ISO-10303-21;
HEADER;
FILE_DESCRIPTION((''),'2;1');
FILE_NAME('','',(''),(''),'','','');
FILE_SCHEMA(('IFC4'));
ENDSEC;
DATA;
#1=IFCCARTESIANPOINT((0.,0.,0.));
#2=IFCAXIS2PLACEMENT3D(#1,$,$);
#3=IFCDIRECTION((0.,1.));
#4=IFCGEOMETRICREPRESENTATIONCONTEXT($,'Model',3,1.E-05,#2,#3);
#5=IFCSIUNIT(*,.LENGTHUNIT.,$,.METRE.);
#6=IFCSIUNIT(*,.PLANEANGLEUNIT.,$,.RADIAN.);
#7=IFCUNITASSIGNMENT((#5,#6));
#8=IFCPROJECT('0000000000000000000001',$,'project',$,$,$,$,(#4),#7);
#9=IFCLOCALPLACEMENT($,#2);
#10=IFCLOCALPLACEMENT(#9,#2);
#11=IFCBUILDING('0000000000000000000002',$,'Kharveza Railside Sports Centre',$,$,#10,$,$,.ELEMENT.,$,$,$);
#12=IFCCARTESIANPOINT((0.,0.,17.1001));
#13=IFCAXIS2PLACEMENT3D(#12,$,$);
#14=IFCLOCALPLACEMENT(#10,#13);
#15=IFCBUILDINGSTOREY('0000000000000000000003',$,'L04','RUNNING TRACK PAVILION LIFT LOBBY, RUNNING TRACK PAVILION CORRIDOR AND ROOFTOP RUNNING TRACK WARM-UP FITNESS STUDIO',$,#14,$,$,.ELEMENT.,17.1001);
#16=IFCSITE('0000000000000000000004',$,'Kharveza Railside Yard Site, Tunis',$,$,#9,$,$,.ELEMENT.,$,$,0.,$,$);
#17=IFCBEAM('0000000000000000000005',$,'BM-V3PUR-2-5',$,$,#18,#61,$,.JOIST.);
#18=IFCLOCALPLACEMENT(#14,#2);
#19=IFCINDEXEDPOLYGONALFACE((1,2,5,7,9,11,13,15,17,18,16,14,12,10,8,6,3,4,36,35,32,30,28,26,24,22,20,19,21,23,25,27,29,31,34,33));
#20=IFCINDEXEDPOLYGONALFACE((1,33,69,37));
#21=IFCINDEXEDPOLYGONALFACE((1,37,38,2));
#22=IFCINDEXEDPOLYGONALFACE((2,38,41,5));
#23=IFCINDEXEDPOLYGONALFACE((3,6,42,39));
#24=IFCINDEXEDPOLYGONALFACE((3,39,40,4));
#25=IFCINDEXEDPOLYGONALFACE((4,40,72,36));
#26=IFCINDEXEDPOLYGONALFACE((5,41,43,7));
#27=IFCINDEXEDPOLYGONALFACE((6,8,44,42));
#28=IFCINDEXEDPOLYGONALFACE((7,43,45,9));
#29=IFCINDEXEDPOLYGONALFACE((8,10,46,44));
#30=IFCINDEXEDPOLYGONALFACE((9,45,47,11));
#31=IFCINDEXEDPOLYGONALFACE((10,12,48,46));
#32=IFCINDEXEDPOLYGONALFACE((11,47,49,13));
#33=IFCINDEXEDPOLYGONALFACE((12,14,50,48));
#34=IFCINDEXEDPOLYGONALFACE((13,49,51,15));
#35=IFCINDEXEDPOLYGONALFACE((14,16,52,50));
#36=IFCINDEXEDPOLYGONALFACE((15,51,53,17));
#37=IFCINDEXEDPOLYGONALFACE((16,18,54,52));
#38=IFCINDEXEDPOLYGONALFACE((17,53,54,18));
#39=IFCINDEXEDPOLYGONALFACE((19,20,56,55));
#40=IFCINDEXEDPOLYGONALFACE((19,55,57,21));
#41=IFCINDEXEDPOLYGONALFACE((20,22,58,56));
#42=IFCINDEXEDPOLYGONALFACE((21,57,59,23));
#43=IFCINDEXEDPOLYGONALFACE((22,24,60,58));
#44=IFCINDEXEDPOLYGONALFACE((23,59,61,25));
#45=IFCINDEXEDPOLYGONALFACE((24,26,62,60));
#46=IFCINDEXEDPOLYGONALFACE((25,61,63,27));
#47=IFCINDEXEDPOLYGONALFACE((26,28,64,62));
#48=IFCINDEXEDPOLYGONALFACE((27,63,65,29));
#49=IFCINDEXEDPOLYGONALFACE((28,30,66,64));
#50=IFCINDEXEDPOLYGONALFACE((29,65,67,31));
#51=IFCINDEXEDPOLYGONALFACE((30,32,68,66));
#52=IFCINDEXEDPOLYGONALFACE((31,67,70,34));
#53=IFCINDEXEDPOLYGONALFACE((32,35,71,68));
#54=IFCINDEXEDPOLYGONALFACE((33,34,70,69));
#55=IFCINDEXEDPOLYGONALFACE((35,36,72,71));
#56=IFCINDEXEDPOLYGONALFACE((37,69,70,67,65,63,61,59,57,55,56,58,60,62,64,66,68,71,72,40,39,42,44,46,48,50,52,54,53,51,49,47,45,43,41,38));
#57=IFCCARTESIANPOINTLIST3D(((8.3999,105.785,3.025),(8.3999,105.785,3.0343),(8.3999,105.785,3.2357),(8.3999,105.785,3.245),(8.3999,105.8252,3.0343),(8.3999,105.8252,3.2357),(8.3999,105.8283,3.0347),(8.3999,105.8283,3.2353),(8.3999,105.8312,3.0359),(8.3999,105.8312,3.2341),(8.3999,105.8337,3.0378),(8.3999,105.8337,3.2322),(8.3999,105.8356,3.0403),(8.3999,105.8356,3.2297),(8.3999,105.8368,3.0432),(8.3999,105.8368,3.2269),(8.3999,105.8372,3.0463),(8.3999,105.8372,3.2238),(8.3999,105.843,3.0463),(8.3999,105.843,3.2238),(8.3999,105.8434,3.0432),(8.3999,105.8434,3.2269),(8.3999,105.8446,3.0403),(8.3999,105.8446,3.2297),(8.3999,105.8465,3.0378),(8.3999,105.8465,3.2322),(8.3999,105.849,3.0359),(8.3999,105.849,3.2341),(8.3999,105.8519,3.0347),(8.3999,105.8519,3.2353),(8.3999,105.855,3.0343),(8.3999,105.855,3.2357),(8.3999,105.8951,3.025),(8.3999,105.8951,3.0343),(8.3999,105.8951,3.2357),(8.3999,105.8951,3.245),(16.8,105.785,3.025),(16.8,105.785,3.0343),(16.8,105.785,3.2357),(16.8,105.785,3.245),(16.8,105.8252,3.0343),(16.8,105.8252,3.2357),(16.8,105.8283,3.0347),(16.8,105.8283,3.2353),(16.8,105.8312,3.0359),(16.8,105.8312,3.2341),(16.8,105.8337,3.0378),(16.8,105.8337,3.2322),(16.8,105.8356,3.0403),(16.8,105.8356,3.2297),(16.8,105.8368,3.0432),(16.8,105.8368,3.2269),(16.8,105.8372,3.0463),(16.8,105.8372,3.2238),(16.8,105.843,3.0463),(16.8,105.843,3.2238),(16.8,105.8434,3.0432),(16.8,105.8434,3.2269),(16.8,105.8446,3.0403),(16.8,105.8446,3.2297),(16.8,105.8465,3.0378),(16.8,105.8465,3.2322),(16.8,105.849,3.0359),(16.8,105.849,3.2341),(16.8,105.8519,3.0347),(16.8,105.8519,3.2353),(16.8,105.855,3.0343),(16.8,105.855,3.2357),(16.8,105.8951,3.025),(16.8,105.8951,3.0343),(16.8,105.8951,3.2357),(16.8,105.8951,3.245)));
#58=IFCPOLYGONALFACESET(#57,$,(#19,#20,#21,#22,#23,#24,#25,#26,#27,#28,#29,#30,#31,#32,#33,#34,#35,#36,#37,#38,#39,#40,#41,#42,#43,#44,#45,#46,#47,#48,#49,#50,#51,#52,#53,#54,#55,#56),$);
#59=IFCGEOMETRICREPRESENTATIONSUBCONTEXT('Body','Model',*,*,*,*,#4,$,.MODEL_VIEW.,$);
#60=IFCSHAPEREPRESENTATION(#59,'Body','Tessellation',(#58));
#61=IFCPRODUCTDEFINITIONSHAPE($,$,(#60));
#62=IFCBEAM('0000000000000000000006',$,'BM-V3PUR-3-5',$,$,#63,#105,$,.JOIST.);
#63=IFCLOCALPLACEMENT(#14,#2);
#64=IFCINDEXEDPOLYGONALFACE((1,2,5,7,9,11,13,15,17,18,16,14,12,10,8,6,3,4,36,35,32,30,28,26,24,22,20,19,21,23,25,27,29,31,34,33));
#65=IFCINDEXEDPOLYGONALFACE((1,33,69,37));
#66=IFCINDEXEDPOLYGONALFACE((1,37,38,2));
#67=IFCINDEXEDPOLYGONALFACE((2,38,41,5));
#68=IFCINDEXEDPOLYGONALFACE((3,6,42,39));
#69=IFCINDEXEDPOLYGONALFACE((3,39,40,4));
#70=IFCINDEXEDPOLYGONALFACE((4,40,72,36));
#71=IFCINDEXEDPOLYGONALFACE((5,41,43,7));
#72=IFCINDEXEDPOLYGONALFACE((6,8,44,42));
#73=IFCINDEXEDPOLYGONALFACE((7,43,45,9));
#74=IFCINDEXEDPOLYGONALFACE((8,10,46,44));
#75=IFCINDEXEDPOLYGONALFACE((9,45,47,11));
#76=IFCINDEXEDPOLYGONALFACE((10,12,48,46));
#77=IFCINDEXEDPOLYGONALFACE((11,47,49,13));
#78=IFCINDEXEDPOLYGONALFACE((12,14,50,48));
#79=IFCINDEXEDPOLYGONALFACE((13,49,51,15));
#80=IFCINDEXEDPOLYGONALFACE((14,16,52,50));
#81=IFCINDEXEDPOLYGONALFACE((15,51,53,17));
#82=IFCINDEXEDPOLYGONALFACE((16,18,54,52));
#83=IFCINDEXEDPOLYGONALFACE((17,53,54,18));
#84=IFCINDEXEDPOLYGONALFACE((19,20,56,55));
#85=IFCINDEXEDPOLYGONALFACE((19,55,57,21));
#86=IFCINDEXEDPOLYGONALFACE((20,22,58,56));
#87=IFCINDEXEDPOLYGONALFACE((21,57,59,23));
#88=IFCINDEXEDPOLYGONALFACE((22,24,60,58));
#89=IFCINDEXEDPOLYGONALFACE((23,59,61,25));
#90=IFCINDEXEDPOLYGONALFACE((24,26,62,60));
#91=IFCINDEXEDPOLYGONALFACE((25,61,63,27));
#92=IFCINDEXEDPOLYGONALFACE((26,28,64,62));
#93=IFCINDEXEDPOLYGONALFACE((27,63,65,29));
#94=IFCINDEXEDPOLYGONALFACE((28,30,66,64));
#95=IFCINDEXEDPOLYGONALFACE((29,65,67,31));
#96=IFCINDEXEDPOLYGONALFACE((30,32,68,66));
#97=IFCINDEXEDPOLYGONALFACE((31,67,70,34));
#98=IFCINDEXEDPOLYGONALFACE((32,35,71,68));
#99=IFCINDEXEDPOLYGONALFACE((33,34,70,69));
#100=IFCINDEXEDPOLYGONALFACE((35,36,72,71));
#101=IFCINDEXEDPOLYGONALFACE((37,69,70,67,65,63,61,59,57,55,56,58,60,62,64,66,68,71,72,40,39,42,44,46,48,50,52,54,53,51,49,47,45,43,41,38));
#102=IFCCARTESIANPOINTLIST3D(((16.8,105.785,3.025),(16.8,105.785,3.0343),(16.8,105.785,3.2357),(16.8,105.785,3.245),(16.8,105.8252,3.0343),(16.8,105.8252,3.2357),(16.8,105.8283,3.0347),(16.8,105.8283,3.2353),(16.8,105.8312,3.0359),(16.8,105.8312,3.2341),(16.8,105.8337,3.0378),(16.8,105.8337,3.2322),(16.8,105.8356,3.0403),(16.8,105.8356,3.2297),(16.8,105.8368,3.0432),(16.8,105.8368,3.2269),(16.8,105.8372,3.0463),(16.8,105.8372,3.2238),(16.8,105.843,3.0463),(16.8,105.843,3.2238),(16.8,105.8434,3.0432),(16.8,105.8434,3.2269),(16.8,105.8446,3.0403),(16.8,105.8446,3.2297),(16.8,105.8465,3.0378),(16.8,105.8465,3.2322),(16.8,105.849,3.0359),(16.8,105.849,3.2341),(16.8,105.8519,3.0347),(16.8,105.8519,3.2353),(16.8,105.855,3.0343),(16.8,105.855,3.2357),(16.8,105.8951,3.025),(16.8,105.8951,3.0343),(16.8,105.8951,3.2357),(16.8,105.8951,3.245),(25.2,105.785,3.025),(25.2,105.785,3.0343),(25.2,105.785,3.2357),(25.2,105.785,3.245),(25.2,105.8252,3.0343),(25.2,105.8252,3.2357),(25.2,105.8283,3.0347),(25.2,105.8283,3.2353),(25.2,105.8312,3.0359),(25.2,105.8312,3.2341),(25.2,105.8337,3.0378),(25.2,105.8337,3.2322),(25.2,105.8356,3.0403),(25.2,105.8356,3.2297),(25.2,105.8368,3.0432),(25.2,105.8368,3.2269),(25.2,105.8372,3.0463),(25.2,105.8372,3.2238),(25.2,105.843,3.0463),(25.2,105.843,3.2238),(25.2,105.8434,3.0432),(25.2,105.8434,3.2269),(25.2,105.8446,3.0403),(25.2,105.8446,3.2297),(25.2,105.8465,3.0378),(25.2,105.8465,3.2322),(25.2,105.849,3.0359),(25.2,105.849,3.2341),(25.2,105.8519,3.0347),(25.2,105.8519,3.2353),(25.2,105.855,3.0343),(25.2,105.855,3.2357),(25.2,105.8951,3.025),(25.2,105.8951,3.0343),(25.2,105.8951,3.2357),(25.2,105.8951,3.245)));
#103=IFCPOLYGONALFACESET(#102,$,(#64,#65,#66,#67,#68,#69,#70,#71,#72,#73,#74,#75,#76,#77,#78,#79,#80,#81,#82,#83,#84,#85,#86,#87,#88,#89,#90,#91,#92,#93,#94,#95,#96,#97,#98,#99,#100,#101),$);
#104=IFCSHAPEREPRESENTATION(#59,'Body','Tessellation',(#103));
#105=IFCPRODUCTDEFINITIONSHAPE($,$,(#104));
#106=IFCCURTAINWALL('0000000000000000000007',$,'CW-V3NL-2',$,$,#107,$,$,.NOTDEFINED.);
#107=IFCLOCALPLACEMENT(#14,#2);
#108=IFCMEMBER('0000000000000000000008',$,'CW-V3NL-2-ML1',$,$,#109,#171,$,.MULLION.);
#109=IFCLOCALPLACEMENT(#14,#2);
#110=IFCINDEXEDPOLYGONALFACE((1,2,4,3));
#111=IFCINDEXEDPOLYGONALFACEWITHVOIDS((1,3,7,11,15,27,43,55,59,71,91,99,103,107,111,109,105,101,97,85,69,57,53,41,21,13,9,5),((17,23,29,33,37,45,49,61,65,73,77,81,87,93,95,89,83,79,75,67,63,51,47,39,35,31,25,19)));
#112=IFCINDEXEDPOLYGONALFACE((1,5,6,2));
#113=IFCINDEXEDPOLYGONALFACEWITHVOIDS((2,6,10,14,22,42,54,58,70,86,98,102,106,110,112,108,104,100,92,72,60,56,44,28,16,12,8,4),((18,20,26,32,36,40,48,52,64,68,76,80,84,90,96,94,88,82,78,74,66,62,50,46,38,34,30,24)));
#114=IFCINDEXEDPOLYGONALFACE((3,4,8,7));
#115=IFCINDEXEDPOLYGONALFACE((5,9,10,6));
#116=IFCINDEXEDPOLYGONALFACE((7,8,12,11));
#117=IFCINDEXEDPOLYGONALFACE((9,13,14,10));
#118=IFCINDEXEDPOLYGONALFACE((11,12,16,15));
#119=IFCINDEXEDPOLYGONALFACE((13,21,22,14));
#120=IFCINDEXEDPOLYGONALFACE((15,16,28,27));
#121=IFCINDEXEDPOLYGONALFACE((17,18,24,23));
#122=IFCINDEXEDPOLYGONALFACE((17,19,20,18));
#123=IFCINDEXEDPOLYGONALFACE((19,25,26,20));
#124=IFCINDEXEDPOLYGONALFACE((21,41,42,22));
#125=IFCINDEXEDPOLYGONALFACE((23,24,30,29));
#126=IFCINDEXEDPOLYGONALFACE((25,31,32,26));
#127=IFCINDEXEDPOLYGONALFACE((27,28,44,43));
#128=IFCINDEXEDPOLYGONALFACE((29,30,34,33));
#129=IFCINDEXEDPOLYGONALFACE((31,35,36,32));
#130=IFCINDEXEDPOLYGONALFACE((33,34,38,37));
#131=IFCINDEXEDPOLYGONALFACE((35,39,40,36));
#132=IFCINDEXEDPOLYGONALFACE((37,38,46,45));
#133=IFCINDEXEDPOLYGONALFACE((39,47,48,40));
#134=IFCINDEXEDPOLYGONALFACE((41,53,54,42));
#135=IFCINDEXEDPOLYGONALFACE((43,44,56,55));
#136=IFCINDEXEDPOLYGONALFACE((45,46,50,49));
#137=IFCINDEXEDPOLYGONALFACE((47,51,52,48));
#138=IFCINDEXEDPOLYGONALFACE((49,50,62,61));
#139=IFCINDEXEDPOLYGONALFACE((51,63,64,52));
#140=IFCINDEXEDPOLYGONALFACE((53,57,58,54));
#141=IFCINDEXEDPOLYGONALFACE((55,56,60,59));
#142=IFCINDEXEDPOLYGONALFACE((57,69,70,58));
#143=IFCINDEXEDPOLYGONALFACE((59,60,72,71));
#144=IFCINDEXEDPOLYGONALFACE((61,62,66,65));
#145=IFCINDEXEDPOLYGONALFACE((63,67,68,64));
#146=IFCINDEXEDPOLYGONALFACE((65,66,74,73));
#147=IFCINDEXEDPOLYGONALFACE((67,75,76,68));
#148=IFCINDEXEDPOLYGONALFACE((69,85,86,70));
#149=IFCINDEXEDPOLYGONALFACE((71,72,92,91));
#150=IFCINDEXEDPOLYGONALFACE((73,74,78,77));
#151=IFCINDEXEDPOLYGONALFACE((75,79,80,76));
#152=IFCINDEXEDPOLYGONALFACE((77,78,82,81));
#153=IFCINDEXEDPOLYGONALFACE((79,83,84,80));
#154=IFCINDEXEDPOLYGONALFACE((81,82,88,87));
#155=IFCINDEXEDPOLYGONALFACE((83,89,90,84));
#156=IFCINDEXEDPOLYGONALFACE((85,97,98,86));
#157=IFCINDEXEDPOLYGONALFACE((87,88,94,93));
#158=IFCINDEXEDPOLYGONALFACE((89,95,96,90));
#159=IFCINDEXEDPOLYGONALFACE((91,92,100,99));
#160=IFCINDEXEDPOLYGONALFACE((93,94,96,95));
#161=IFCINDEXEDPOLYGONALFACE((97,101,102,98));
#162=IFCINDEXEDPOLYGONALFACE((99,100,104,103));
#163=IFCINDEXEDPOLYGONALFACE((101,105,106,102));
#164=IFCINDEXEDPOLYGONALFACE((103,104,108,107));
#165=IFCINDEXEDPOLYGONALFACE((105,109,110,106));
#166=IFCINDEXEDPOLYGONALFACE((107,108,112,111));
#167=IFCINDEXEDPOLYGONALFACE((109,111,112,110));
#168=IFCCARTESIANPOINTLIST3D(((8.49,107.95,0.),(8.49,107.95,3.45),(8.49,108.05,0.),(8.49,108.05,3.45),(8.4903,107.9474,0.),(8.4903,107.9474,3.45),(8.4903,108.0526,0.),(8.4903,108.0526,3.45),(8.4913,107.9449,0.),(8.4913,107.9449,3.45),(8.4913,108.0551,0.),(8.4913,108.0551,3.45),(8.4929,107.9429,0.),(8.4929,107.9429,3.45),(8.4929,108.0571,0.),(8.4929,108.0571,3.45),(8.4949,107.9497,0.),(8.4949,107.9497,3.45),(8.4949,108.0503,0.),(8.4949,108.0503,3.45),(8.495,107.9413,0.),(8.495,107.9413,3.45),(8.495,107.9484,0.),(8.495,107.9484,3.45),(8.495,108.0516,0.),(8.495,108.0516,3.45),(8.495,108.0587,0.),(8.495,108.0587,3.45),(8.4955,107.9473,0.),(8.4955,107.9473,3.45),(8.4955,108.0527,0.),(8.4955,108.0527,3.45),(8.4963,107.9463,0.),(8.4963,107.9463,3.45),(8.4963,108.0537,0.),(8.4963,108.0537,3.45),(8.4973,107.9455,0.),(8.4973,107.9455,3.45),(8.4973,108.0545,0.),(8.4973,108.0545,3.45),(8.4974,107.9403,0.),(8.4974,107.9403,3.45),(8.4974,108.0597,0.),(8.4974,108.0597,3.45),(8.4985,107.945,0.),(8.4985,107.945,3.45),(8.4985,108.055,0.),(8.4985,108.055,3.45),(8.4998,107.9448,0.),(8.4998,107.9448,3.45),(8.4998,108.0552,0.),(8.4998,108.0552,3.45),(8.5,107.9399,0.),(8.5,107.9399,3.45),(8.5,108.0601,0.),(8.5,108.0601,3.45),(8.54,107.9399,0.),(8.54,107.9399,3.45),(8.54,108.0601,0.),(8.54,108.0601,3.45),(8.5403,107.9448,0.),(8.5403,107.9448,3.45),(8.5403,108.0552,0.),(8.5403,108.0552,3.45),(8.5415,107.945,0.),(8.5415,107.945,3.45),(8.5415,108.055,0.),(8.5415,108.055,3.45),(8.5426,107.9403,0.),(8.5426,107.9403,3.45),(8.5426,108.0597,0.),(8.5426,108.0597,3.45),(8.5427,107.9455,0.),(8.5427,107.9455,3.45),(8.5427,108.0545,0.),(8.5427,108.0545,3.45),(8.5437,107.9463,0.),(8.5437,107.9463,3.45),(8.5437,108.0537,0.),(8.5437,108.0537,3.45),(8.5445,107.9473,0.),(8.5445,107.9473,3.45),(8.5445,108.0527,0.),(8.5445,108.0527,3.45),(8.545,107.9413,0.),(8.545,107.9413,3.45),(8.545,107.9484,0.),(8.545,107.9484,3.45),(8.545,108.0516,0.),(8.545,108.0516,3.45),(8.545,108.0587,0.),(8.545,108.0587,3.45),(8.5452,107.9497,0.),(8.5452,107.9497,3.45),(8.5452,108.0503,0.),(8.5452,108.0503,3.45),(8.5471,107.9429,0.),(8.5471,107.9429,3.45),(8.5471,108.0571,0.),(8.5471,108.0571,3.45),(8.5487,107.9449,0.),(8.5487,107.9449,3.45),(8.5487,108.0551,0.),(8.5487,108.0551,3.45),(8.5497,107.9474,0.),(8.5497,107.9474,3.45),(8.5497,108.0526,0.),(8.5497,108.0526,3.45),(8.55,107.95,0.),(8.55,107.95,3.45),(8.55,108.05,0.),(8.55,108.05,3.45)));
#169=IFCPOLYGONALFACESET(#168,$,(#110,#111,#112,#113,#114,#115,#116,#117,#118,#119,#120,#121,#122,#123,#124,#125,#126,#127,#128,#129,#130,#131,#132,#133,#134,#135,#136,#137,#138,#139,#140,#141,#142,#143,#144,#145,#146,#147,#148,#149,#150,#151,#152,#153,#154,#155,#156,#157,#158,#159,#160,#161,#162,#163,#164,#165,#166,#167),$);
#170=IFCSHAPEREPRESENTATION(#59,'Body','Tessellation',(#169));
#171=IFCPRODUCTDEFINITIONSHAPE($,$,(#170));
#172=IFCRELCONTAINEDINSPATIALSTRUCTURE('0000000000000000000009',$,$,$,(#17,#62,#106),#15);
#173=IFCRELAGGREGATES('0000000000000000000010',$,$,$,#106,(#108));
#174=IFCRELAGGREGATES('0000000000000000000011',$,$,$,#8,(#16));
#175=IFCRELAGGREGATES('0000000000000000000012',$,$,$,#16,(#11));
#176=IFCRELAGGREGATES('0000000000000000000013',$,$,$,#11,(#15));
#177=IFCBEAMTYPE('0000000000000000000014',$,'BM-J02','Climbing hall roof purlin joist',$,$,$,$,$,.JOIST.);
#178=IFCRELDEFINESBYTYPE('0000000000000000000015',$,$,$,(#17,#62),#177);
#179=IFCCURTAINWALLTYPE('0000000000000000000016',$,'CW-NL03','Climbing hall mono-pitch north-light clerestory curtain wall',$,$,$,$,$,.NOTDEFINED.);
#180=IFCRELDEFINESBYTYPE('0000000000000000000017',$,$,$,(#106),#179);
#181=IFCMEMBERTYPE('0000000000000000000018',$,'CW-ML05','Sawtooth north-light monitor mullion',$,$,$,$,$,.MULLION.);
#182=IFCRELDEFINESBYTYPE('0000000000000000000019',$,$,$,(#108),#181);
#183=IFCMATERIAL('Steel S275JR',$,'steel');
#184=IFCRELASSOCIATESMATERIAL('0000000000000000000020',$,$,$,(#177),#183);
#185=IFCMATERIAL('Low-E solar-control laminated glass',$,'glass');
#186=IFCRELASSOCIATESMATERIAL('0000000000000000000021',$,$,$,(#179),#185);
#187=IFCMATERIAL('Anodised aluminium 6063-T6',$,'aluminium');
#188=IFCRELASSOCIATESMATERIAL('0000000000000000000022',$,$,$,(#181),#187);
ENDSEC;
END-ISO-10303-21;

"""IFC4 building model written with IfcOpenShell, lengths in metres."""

from ifc_helpers import new_model, si_unit, direction, frame, origin, origin_2d, place, context, subcontext, project, spatial, hollow_rectangle, i_section, extrude, material, material_profile, profile_set, type_object, element, aggregate, save


model = new_model("IFC4")

# Units and contexts
model_context = context("Model", 3, precision=1e-05, world=origin(), true_north=direction((0.0, 1.0)))
body_context = subcontext(model_context, "Body", "Model", "MODEL_VIEW")
ifc_project = project(units=[si_unit("LENGTHUNIT", "METRE"), si_unit("PLANEANGLEUNIT", "RADIAN")], contexts=[model_context])

# Site, building, storey
site_placement = place(None, origin())
site = spatial("IfcSite", under=ifc_project, at=site_placement, Name="Kharveza Railside Yard Site, Tunis", CompositionType="ELEMENT", RefElevation=0.0)
building_placement = place(site_placement, origin())
building = spatial("IfcBuilding", under=site, at=building_placement, Name="Kharveza Railside Sports Centre", CompositionType="ELEMENT")
storey_placement = place(building_placement, frame((0.0, 0.0, 17.1001)))
storey = spatial("IfcBuildingStorey", under=building, at=storey_placement, Name="L04", Description="RUNNING TRACK PAVILION LIFT LOBBY, RUNNING TRACK PAVILION CORRIDOR AND ROOFTOP RUNNING TRACK WARM-UP FITNESS STUDIO", CompositionType="ELEMENT", Elevation=17.1001)

# Beams
ifc_material_1 = material(Name="Steel S275JR", Category="steel")
ifc_material_profile_1 = material_profile(ifc_material_1, i_section(OverallWidth=0.1101, OverallDepth=0.22, WebThickness=0.0059, FlangeThickness=0.0093, FilletRadius=0.012, at=origin_2d()), Name="IPE 220")
ifc_profile_set_1 = profile_set([ifc_material_profile_1], Name="Steel S275JR")
beam_type = type_object("IfcBeamType", Name="BM-J02", Description="Climbing hall roof purlin joist", PredefinedType="JOIST", material=ifc_profile_set_1)
beam_1_placement = place(storey_placement, frame((8.3999, 105.8401, 3.135), z_axis=(1.0, 0.0, 0.0), x_axis=(0.0, 1.0, 0.0)))
element("IfcBeam", 1, at=beam_1_placement, inside=storey, type_object=beam_type, Name="BM-V3PUR-2-5", PredefinedType="JOIST", context=body_context, shape_type="SweptSolid", body=[
    extrude(i_section(OverallWidth=0.1101, OverallDepth=0.22, WebThickness=0.0059, FlangeThickness=0.0093, FilletRadius=0.012, at=origin_2d()), origin(), (0.0, 0.0, 1.0), 8.4001),
])
beam_2_placement = place(storey_placement, frame((16.8, 105.8401, 3.135), z_axis=(1.0, 0.0, 0.0), x_axis=(0.0, 1.0, 0.0)))
element("IfcBeam", 2, at=beam_2_placement, inside=storey, type_object=beam_type, Name="BM-V3PUR-3-5", PredefinedType="JOIST", context=body_context, shape_type="SweptSolid", body=[
    extrude(i_section(OverallWidth=0.1101, OverallDepth=0.22, WebThickness=0.0059, FlangeThickness=0.0093, FilletRadius=0.012, at=origin_2d()), origin(), (0.0, 0.0, 1.0), 8.3999),
])

# Curtain wall, member
ifc_material_2 = material(Name="Low-E solar-control laminated glass", Category="glass")
curtain_wall_type = type_object("IfcCurtainWallType", Name="CW-NL03", Description="Climbing hall mono-pitch north-light clerestory curtain wall", PredefinedType="NOTDEFINED", material=ifc_material_2)
curtain_wall_1_placement = place(storey_placement, origin())
curtain_wall_1 = element("IfcCurtainWall", 3, at=curtain_wall_1_placement, inside=storey, type_object=curtain_wall_type, Name="CW-V3NL-2", PredefinedType="NOTDEFINED")
ifc_material_3 = material(Name="Anodised aluminium 6063-T6", Category="aluminium")
ifc_material_profile_2 = material_profile(ifc_material_3, hollow_rectangle(XDim=0.0601, YDim=0.1201, WallThickness=0.0049, InnerFilletRadius=0.0049, OuterFilletRadius=0.01, at=origin_2d()), Name="RHS 60x120x5.0")
ifc_profile_set_2 = profile_set([ifc_material_profile_2], Name="Anodised aluminium 6063-T6")
member_type_1 = type_object("IfcMemberType", Name="CW-ML05", Description="Sawtooth north-light monitor mullion", PredefinedType="MULLION", material=ifc_profile_set_2)
member_1_placement = place(storey_placement, frame((8.52, 108.0, 0.0), z_axis=(0.0, 0.0, 1.0), x_axis=(1.0, 0.0, 0.0)))
member_1 = element("IfcMember", 4, at=member_1_placement, type_object=member_type_1, Name="CW-V3NL-2-ML1", PredefinedType="MULLION", context=body_context, shape_type="SweptSolid", body=[
    extrude(hollow_rectangle(XDim=0.0601, YDim=0.1201, WallThickness=0.0049, InnerFilletRadius=0.0049, OuterFilletRadius=0.01, at=origin_2d()), origin(), (0.0, 0.0, 1.0), 3.45),
])

aggregate(curtain_wall_1, [member_1])

save(model, "model.ifc")
